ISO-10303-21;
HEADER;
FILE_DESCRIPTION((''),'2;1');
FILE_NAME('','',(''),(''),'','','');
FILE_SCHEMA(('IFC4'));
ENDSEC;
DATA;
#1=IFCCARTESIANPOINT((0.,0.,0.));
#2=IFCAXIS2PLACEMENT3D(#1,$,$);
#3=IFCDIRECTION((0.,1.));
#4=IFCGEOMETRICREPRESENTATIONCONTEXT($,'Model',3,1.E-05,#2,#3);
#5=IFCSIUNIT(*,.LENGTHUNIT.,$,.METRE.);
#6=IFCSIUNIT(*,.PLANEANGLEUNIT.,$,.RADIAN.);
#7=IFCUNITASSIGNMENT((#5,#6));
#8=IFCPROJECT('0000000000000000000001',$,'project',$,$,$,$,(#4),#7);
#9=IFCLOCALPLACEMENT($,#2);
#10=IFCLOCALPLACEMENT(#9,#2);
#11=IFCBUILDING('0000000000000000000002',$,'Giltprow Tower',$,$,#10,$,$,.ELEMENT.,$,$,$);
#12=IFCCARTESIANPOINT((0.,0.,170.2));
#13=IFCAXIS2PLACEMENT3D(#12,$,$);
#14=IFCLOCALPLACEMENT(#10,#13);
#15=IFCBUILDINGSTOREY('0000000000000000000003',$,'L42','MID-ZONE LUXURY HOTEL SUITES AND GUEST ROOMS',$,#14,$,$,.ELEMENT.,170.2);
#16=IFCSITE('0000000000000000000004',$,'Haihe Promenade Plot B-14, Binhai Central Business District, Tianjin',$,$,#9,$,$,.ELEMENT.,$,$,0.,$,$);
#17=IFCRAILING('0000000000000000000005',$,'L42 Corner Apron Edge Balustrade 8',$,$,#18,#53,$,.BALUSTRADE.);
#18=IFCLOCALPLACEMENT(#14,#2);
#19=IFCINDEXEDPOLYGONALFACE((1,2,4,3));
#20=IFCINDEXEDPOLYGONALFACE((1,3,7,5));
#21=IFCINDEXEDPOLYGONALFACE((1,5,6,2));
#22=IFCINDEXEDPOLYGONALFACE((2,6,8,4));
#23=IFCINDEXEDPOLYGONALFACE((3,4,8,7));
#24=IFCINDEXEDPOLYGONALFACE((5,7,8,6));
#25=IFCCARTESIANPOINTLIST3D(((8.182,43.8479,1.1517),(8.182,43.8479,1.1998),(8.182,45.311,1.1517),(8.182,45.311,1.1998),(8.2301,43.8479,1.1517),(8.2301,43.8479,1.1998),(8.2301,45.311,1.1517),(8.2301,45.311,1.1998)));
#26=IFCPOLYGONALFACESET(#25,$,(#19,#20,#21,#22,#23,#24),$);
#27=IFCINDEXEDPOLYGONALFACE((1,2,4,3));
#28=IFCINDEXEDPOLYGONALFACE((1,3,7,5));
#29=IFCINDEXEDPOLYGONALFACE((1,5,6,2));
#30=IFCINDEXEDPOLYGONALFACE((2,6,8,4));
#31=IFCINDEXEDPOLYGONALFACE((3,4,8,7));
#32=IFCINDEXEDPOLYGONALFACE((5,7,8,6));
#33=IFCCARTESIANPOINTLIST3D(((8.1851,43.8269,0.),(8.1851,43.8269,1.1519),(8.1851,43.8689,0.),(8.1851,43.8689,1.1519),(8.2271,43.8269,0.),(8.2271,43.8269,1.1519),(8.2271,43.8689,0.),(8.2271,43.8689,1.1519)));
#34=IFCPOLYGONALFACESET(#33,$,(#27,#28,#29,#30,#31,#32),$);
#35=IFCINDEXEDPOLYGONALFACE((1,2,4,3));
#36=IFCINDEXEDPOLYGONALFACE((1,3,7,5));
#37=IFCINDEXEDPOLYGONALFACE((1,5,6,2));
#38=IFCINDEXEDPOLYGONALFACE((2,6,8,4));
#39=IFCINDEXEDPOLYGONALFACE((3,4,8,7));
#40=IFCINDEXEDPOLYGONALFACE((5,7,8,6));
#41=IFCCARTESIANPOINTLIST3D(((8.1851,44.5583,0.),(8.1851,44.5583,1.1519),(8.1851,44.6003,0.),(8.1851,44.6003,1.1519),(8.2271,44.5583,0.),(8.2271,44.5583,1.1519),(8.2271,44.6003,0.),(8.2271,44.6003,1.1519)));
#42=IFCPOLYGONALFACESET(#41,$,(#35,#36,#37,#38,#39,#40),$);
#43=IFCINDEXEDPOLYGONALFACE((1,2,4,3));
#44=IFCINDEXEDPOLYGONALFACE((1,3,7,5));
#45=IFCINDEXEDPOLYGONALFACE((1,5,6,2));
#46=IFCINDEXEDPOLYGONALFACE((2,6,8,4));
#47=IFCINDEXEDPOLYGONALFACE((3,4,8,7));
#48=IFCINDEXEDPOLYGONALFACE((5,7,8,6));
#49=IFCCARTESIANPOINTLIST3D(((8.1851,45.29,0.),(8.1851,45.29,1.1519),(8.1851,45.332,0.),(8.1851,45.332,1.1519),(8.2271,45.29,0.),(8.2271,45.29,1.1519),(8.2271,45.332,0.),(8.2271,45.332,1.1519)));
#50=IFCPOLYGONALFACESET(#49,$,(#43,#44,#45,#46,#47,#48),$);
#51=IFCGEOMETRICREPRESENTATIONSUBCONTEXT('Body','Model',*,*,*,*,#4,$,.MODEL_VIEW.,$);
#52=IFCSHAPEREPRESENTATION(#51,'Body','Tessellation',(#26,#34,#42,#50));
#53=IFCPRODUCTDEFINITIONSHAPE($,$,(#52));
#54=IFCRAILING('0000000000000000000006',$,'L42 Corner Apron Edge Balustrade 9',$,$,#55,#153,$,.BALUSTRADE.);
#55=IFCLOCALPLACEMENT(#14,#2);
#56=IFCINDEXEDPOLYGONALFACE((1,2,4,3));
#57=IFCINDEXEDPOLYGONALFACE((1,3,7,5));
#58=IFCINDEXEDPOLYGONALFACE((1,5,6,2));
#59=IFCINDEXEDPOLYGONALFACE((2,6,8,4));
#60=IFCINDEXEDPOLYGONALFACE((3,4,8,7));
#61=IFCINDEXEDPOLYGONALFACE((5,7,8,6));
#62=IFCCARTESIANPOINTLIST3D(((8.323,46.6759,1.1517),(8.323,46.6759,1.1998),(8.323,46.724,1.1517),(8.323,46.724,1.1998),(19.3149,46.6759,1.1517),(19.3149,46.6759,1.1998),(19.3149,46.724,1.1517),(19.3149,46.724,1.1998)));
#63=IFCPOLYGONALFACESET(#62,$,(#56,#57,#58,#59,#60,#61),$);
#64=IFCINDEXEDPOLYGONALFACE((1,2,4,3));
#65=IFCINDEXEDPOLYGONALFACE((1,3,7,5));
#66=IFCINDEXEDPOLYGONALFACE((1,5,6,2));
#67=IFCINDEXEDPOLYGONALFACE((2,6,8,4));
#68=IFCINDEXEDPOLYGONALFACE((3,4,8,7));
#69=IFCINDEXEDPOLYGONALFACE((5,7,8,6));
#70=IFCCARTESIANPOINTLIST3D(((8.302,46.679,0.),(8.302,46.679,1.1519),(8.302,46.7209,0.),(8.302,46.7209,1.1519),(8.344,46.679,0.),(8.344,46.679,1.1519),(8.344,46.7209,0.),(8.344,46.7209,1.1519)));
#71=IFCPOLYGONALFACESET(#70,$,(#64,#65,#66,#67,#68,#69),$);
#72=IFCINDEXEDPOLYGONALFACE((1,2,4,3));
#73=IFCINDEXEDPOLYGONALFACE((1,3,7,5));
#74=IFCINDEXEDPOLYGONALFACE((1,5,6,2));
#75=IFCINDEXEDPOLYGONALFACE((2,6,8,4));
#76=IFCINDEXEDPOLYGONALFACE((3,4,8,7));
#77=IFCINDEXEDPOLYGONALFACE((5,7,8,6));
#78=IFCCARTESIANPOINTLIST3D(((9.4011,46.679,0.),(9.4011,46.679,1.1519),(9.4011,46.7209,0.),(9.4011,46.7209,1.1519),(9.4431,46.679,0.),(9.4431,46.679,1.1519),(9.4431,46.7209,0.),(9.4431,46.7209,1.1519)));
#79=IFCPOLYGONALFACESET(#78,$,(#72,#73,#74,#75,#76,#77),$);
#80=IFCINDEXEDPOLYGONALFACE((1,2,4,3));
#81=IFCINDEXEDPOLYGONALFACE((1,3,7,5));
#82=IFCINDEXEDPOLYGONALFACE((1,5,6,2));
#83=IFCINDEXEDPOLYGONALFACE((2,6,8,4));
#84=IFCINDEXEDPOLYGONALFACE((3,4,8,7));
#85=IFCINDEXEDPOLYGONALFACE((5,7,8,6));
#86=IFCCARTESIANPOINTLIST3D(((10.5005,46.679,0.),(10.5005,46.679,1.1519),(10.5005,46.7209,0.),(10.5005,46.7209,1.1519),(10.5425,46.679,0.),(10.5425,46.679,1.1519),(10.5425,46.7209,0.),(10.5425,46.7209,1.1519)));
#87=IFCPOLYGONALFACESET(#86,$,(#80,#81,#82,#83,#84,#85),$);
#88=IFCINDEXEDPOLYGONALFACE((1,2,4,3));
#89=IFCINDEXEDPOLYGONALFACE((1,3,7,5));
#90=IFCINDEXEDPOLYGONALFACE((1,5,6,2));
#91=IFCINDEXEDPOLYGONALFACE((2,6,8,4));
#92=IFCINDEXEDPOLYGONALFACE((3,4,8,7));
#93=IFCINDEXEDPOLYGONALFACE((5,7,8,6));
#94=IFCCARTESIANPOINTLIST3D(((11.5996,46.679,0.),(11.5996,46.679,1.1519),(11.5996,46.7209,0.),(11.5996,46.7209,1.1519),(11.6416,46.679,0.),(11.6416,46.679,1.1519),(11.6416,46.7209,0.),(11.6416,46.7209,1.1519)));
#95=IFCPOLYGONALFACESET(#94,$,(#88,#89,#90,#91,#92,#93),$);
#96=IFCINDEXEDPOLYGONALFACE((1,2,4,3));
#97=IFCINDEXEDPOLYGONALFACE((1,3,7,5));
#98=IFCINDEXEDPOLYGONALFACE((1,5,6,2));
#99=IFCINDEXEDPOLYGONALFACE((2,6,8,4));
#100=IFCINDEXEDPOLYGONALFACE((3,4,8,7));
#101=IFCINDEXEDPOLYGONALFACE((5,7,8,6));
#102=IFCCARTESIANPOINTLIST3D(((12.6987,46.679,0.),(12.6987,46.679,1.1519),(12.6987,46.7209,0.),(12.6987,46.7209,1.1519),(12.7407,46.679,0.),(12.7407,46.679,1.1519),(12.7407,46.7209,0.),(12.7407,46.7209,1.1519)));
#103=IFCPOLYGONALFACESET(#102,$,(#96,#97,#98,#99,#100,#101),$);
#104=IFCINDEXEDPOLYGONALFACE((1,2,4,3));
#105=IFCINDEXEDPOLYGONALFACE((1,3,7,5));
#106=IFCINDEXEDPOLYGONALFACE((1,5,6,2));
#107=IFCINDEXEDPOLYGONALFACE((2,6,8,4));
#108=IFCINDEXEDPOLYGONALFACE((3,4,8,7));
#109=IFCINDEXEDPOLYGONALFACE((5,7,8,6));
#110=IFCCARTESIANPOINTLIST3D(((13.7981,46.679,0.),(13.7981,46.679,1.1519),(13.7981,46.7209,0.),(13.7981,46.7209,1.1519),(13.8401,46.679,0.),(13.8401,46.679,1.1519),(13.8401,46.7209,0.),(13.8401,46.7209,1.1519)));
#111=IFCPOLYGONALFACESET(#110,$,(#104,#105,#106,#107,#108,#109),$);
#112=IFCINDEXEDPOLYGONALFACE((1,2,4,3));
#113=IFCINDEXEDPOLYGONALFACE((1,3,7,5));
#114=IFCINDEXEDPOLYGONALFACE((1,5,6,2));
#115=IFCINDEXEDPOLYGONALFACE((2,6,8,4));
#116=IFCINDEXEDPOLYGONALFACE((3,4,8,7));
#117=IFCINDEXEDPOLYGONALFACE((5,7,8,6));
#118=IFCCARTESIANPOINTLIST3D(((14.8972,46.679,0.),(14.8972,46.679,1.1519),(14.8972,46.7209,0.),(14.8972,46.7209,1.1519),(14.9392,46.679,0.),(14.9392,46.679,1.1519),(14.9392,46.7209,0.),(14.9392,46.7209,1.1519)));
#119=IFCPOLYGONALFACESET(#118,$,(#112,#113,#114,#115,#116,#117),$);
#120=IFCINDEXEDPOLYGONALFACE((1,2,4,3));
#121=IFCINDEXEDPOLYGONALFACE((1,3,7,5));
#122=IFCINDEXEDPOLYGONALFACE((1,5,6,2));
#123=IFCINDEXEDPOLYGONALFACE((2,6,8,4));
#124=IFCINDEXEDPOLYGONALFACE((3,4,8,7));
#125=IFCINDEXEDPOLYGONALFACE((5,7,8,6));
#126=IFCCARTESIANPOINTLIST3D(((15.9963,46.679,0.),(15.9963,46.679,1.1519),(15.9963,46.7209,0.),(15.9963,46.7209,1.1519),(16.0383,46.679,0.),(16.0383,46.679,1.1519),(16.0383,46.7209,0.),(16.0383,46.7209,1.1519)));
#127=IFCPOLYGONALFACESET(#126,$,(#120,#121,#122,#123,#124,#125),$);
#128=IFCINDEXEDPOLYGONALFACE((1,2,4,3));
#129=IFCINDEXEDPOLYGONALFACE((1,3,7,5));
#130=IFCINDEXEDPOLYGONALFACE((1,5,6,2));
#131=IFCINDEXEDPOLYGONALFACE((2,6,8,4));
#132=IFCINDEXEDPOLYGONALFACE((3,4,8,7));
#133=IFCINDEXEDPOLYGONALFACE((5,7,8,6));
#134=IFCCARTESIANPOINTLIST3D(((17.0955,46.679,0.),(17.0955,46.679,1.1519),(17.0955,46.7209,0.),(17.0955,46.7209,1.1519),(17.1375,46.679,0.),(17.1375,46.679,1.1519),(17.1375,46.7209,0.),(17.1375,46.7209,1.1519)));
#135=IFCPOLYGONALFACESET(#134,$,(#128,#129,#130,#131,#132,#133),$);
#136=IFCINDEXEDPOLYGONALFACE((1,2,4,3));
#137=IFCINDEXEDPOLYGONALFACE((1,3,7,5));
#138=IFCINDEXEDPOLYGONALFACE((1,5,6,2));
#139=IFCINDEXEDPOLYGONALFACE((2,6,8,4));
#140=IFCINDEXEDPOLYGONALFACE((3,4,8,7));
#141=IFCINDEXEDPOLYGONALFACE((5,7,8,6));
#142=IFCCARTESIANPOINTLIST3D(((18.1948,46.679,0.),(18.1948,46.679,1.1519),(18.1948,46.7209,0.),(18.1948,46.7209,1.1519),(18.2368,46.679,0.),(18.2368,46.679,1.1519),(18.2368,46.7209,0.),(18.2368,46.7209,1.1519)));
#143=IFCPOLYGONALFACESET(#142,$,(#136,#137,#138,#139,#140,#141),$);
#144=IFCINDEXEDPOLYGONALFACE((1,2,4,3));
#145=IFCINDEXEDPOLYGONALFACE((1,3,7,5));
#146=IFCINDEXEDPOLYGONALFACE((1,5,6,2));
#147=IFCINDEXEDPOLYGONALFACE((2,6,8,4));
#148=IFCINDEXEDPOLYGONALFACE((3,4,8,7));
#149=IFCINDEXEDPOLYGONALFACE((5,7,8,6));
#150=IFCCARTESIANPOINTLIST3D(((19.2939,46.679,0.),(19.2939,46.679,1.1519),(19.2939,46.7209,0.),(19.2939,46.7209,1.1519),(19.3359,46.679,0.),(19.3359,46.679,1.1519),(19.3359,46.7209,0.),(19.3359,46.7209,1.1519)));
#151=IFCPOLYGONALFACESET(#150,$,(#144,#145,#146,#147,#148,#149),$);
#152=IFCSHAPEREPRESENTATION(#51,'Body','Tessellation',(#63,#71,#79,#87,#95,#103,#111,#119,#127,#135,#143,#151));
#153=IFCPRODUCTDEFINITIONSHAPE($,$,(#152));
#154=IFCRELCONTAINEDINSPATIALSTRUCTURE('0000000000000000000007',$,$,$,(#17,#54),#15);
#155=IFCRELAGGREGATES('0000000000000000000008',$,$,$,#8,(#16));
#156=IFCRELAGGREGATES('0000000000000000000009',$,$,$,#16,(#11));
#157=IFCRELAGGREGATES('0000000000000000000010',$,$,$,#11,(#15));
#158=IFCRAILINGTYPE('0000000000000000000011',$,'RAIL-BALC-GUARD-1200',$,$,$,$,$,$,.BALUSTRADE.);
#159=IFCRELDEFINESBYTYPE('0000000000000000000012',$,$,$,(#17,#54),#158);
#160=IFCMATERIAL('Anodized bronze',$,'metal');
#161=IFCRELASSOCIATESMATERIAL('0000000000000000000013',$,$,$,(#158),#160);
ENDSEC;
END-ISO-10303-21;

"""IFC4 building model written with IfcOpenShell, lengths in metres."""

from ifc_helpers import new_model, si_unit, direction, frame, origin, origin_2d, place, context, subcontext, project, spatial, rectangle, extrude, material, type_object, element, save


model = new_model("IFC4")

# Units and contexts
model_context = context("Model", 3, precision=1e-05, world=origin(), true_north=direction((0.0, 1.0)))
body_context = subcontext(model_context, "Body", "Model", "MODEL_VIEW")
ifc_project = project(units=[si_unit("LENGTHUNIT", "METRE"), si_unit("PLANEANGLEUNIT", "RADIAN")], contexts=[model_context])

# Site, building, storey
site_placement = place(None, origin())
site = spatial("IfcSite", under=ifc_project, at=site_placement, Name="Haihe Promenade Plot B-14, Binhai Central Business District, Tianjin", CompositionType="ELEMENT", RefElevation=0.0)
building_placement = place(site_placement, origin())
building = spatial("IfcBuilding", under=site, at=building_placement, Name="Giltprow Tower", CompositionType="ELEMENT")
storey_placement = place(building_placement, frame((0.0, 0.0, 170.2)))
storey = spatial("IfcBuildingStorey", under=building, at=storey_placement, Name="L42", Description="MID-ZONE LUXURY HOTEL SUITES AND GUEST ROOMS", CompositionType="ELEMENT", Elevation=170.2)

# Railings
ifc_material_1 = material(Name="Anodized bronze", Category="metal")
railing_type = type_object("IfcRailingType", Name="RAIL-BALC-GUARD-1200", PredefinedType="BALUSTRADE", material=ifc_material_1)
railing_1_placement = place(storey_placement, frame((8.2061, 43.8479, 0.0)))
element("IfcRailing", 1, at=railing_1_placement, inside=storey, type_object=railing_type, Name="L42 Corner Apron Edge Balustrade 8", PredefinedType="BALUSTRADE", context=body_context, shape_type="SweptSolid", body=[
    extrude(rectangle(XDim=0.0481, YDim=0.0481, at=origin_2d()), frame((0.0, 0.0, 1.1758), z_axis=(0.0, 1.0, 0.0), x_axis=(-1.0, 0.0, 0.0)), (0.0, 0.0, 1.0), 1.4631),
    extrude(rectangle(XDim=0.042, YDim=0.042, at=origin_2d()), origin(), (0.0, 0.0, 1.0), 1.1519),
    extrude(rectangle(XDim=0.042, YDim=0.042, at=origin_2d()), frame((0.0, 0.7314, 0.0)), (0.0, 0.0, 1.0), 1.1519),
    extrude(rectangle(XDim=0.042, YDim=0.042, at=origin_2d()), frame((0.0, 1.4631, 0.0)), (0.0, 0.0, 1.0), 1.1519),
])
railing_2_placement = place(storey_placement, frame((8.323, 46.7, 0.0)))
element("IfcRailing", 2, at=railing_2_placement, inside=storey, type_object=railing_type, Name="L42 Corner Apron Edge Balustrade 9", PredefinedType="BALUSTRADE", context=body_context, shape_type="SweptSolid", body=[
    extrude(rectangle(XDim=0.0481, YDim=0.0481, at=origin_2d()), frame((0.0, 0.0, 1.1758), z_axis=(1.0, 0.0, 0.0), x_axis=(0.0, 1.0, 0.0)), (0.0, 0.0, 1.0), 10.9919),
    extrude(rectangle(XDim=0.042, YDim=0.042, at=origin_2d()), origin(), (0.0, 0.0, 1.0), 1.1519),
    extrude(rectangle(XDim=0.042, YDim=0.042, at=origin_2d()), frame((1.0991, 0.0, 0.0)), (0.0, 0.0, 1.0), 1.1519),
    extrude(rectangle(XDim=0.042, YDim=0.042, at=origin_2d()), frame((2.1985, 0.0, 0.0)), (0.0, 0.0, 1.0), 1.1519),
    extrude(rectangle(XDim=0.042, YDim=0.042, at=origin_2d()), frame((3.2976, 0.0, 0.0)), (0.0, 0.0, 1.0), 1.1519),
    extrude(rectangle(XDim=0.042, YDim=0.042, at=origin_2d()), frame((4.3967, 0.0, 0.0)), (0.0, 0.0, 1.0), 1.1519),
    extrude(rectangle(XDim=0.042, YDim=0.042, at=origin_2d()), frame((5.4961, 0.0, 0.0)), (0.0, 0.0, 1.0), 1.1519),
    extrude(rectangle(XDim=0.042, YDim=0.042, at=origin_2d()), frame((6.5952, 0.0, 0.0)), (0.0, 0.0, 1.0), 1.1519),
    extrude(rectangle(XDim=0.042, YDim=0.042, at=origin_2d()), frame((7.6943, 0.0, 0.0)), (0.0, 0.0, 1.0), 1.1519),
    extrude(rectangle(XDim=0.042, YDim=0.042, at=origin_2d()), frame((8.7935, 0.0, 0.0)), (0.0, 0.0, 1.0), 1.1519),
    extrude(rectangle(XDim=0.042, YDim=0.042, at=origin_2d()), frame((9.8928, 0.0, 0.0)), (0.0, 0.0, 1.0), 1.1519),
    extrude(rectangle(XDim=0.042, YDim=0.042, at=origin_2d()), frame((10.9919, 0.0, 0.0)), (0.0, 0.0, 1.0), 1.1519),
])

save(model, "model.ifc")
